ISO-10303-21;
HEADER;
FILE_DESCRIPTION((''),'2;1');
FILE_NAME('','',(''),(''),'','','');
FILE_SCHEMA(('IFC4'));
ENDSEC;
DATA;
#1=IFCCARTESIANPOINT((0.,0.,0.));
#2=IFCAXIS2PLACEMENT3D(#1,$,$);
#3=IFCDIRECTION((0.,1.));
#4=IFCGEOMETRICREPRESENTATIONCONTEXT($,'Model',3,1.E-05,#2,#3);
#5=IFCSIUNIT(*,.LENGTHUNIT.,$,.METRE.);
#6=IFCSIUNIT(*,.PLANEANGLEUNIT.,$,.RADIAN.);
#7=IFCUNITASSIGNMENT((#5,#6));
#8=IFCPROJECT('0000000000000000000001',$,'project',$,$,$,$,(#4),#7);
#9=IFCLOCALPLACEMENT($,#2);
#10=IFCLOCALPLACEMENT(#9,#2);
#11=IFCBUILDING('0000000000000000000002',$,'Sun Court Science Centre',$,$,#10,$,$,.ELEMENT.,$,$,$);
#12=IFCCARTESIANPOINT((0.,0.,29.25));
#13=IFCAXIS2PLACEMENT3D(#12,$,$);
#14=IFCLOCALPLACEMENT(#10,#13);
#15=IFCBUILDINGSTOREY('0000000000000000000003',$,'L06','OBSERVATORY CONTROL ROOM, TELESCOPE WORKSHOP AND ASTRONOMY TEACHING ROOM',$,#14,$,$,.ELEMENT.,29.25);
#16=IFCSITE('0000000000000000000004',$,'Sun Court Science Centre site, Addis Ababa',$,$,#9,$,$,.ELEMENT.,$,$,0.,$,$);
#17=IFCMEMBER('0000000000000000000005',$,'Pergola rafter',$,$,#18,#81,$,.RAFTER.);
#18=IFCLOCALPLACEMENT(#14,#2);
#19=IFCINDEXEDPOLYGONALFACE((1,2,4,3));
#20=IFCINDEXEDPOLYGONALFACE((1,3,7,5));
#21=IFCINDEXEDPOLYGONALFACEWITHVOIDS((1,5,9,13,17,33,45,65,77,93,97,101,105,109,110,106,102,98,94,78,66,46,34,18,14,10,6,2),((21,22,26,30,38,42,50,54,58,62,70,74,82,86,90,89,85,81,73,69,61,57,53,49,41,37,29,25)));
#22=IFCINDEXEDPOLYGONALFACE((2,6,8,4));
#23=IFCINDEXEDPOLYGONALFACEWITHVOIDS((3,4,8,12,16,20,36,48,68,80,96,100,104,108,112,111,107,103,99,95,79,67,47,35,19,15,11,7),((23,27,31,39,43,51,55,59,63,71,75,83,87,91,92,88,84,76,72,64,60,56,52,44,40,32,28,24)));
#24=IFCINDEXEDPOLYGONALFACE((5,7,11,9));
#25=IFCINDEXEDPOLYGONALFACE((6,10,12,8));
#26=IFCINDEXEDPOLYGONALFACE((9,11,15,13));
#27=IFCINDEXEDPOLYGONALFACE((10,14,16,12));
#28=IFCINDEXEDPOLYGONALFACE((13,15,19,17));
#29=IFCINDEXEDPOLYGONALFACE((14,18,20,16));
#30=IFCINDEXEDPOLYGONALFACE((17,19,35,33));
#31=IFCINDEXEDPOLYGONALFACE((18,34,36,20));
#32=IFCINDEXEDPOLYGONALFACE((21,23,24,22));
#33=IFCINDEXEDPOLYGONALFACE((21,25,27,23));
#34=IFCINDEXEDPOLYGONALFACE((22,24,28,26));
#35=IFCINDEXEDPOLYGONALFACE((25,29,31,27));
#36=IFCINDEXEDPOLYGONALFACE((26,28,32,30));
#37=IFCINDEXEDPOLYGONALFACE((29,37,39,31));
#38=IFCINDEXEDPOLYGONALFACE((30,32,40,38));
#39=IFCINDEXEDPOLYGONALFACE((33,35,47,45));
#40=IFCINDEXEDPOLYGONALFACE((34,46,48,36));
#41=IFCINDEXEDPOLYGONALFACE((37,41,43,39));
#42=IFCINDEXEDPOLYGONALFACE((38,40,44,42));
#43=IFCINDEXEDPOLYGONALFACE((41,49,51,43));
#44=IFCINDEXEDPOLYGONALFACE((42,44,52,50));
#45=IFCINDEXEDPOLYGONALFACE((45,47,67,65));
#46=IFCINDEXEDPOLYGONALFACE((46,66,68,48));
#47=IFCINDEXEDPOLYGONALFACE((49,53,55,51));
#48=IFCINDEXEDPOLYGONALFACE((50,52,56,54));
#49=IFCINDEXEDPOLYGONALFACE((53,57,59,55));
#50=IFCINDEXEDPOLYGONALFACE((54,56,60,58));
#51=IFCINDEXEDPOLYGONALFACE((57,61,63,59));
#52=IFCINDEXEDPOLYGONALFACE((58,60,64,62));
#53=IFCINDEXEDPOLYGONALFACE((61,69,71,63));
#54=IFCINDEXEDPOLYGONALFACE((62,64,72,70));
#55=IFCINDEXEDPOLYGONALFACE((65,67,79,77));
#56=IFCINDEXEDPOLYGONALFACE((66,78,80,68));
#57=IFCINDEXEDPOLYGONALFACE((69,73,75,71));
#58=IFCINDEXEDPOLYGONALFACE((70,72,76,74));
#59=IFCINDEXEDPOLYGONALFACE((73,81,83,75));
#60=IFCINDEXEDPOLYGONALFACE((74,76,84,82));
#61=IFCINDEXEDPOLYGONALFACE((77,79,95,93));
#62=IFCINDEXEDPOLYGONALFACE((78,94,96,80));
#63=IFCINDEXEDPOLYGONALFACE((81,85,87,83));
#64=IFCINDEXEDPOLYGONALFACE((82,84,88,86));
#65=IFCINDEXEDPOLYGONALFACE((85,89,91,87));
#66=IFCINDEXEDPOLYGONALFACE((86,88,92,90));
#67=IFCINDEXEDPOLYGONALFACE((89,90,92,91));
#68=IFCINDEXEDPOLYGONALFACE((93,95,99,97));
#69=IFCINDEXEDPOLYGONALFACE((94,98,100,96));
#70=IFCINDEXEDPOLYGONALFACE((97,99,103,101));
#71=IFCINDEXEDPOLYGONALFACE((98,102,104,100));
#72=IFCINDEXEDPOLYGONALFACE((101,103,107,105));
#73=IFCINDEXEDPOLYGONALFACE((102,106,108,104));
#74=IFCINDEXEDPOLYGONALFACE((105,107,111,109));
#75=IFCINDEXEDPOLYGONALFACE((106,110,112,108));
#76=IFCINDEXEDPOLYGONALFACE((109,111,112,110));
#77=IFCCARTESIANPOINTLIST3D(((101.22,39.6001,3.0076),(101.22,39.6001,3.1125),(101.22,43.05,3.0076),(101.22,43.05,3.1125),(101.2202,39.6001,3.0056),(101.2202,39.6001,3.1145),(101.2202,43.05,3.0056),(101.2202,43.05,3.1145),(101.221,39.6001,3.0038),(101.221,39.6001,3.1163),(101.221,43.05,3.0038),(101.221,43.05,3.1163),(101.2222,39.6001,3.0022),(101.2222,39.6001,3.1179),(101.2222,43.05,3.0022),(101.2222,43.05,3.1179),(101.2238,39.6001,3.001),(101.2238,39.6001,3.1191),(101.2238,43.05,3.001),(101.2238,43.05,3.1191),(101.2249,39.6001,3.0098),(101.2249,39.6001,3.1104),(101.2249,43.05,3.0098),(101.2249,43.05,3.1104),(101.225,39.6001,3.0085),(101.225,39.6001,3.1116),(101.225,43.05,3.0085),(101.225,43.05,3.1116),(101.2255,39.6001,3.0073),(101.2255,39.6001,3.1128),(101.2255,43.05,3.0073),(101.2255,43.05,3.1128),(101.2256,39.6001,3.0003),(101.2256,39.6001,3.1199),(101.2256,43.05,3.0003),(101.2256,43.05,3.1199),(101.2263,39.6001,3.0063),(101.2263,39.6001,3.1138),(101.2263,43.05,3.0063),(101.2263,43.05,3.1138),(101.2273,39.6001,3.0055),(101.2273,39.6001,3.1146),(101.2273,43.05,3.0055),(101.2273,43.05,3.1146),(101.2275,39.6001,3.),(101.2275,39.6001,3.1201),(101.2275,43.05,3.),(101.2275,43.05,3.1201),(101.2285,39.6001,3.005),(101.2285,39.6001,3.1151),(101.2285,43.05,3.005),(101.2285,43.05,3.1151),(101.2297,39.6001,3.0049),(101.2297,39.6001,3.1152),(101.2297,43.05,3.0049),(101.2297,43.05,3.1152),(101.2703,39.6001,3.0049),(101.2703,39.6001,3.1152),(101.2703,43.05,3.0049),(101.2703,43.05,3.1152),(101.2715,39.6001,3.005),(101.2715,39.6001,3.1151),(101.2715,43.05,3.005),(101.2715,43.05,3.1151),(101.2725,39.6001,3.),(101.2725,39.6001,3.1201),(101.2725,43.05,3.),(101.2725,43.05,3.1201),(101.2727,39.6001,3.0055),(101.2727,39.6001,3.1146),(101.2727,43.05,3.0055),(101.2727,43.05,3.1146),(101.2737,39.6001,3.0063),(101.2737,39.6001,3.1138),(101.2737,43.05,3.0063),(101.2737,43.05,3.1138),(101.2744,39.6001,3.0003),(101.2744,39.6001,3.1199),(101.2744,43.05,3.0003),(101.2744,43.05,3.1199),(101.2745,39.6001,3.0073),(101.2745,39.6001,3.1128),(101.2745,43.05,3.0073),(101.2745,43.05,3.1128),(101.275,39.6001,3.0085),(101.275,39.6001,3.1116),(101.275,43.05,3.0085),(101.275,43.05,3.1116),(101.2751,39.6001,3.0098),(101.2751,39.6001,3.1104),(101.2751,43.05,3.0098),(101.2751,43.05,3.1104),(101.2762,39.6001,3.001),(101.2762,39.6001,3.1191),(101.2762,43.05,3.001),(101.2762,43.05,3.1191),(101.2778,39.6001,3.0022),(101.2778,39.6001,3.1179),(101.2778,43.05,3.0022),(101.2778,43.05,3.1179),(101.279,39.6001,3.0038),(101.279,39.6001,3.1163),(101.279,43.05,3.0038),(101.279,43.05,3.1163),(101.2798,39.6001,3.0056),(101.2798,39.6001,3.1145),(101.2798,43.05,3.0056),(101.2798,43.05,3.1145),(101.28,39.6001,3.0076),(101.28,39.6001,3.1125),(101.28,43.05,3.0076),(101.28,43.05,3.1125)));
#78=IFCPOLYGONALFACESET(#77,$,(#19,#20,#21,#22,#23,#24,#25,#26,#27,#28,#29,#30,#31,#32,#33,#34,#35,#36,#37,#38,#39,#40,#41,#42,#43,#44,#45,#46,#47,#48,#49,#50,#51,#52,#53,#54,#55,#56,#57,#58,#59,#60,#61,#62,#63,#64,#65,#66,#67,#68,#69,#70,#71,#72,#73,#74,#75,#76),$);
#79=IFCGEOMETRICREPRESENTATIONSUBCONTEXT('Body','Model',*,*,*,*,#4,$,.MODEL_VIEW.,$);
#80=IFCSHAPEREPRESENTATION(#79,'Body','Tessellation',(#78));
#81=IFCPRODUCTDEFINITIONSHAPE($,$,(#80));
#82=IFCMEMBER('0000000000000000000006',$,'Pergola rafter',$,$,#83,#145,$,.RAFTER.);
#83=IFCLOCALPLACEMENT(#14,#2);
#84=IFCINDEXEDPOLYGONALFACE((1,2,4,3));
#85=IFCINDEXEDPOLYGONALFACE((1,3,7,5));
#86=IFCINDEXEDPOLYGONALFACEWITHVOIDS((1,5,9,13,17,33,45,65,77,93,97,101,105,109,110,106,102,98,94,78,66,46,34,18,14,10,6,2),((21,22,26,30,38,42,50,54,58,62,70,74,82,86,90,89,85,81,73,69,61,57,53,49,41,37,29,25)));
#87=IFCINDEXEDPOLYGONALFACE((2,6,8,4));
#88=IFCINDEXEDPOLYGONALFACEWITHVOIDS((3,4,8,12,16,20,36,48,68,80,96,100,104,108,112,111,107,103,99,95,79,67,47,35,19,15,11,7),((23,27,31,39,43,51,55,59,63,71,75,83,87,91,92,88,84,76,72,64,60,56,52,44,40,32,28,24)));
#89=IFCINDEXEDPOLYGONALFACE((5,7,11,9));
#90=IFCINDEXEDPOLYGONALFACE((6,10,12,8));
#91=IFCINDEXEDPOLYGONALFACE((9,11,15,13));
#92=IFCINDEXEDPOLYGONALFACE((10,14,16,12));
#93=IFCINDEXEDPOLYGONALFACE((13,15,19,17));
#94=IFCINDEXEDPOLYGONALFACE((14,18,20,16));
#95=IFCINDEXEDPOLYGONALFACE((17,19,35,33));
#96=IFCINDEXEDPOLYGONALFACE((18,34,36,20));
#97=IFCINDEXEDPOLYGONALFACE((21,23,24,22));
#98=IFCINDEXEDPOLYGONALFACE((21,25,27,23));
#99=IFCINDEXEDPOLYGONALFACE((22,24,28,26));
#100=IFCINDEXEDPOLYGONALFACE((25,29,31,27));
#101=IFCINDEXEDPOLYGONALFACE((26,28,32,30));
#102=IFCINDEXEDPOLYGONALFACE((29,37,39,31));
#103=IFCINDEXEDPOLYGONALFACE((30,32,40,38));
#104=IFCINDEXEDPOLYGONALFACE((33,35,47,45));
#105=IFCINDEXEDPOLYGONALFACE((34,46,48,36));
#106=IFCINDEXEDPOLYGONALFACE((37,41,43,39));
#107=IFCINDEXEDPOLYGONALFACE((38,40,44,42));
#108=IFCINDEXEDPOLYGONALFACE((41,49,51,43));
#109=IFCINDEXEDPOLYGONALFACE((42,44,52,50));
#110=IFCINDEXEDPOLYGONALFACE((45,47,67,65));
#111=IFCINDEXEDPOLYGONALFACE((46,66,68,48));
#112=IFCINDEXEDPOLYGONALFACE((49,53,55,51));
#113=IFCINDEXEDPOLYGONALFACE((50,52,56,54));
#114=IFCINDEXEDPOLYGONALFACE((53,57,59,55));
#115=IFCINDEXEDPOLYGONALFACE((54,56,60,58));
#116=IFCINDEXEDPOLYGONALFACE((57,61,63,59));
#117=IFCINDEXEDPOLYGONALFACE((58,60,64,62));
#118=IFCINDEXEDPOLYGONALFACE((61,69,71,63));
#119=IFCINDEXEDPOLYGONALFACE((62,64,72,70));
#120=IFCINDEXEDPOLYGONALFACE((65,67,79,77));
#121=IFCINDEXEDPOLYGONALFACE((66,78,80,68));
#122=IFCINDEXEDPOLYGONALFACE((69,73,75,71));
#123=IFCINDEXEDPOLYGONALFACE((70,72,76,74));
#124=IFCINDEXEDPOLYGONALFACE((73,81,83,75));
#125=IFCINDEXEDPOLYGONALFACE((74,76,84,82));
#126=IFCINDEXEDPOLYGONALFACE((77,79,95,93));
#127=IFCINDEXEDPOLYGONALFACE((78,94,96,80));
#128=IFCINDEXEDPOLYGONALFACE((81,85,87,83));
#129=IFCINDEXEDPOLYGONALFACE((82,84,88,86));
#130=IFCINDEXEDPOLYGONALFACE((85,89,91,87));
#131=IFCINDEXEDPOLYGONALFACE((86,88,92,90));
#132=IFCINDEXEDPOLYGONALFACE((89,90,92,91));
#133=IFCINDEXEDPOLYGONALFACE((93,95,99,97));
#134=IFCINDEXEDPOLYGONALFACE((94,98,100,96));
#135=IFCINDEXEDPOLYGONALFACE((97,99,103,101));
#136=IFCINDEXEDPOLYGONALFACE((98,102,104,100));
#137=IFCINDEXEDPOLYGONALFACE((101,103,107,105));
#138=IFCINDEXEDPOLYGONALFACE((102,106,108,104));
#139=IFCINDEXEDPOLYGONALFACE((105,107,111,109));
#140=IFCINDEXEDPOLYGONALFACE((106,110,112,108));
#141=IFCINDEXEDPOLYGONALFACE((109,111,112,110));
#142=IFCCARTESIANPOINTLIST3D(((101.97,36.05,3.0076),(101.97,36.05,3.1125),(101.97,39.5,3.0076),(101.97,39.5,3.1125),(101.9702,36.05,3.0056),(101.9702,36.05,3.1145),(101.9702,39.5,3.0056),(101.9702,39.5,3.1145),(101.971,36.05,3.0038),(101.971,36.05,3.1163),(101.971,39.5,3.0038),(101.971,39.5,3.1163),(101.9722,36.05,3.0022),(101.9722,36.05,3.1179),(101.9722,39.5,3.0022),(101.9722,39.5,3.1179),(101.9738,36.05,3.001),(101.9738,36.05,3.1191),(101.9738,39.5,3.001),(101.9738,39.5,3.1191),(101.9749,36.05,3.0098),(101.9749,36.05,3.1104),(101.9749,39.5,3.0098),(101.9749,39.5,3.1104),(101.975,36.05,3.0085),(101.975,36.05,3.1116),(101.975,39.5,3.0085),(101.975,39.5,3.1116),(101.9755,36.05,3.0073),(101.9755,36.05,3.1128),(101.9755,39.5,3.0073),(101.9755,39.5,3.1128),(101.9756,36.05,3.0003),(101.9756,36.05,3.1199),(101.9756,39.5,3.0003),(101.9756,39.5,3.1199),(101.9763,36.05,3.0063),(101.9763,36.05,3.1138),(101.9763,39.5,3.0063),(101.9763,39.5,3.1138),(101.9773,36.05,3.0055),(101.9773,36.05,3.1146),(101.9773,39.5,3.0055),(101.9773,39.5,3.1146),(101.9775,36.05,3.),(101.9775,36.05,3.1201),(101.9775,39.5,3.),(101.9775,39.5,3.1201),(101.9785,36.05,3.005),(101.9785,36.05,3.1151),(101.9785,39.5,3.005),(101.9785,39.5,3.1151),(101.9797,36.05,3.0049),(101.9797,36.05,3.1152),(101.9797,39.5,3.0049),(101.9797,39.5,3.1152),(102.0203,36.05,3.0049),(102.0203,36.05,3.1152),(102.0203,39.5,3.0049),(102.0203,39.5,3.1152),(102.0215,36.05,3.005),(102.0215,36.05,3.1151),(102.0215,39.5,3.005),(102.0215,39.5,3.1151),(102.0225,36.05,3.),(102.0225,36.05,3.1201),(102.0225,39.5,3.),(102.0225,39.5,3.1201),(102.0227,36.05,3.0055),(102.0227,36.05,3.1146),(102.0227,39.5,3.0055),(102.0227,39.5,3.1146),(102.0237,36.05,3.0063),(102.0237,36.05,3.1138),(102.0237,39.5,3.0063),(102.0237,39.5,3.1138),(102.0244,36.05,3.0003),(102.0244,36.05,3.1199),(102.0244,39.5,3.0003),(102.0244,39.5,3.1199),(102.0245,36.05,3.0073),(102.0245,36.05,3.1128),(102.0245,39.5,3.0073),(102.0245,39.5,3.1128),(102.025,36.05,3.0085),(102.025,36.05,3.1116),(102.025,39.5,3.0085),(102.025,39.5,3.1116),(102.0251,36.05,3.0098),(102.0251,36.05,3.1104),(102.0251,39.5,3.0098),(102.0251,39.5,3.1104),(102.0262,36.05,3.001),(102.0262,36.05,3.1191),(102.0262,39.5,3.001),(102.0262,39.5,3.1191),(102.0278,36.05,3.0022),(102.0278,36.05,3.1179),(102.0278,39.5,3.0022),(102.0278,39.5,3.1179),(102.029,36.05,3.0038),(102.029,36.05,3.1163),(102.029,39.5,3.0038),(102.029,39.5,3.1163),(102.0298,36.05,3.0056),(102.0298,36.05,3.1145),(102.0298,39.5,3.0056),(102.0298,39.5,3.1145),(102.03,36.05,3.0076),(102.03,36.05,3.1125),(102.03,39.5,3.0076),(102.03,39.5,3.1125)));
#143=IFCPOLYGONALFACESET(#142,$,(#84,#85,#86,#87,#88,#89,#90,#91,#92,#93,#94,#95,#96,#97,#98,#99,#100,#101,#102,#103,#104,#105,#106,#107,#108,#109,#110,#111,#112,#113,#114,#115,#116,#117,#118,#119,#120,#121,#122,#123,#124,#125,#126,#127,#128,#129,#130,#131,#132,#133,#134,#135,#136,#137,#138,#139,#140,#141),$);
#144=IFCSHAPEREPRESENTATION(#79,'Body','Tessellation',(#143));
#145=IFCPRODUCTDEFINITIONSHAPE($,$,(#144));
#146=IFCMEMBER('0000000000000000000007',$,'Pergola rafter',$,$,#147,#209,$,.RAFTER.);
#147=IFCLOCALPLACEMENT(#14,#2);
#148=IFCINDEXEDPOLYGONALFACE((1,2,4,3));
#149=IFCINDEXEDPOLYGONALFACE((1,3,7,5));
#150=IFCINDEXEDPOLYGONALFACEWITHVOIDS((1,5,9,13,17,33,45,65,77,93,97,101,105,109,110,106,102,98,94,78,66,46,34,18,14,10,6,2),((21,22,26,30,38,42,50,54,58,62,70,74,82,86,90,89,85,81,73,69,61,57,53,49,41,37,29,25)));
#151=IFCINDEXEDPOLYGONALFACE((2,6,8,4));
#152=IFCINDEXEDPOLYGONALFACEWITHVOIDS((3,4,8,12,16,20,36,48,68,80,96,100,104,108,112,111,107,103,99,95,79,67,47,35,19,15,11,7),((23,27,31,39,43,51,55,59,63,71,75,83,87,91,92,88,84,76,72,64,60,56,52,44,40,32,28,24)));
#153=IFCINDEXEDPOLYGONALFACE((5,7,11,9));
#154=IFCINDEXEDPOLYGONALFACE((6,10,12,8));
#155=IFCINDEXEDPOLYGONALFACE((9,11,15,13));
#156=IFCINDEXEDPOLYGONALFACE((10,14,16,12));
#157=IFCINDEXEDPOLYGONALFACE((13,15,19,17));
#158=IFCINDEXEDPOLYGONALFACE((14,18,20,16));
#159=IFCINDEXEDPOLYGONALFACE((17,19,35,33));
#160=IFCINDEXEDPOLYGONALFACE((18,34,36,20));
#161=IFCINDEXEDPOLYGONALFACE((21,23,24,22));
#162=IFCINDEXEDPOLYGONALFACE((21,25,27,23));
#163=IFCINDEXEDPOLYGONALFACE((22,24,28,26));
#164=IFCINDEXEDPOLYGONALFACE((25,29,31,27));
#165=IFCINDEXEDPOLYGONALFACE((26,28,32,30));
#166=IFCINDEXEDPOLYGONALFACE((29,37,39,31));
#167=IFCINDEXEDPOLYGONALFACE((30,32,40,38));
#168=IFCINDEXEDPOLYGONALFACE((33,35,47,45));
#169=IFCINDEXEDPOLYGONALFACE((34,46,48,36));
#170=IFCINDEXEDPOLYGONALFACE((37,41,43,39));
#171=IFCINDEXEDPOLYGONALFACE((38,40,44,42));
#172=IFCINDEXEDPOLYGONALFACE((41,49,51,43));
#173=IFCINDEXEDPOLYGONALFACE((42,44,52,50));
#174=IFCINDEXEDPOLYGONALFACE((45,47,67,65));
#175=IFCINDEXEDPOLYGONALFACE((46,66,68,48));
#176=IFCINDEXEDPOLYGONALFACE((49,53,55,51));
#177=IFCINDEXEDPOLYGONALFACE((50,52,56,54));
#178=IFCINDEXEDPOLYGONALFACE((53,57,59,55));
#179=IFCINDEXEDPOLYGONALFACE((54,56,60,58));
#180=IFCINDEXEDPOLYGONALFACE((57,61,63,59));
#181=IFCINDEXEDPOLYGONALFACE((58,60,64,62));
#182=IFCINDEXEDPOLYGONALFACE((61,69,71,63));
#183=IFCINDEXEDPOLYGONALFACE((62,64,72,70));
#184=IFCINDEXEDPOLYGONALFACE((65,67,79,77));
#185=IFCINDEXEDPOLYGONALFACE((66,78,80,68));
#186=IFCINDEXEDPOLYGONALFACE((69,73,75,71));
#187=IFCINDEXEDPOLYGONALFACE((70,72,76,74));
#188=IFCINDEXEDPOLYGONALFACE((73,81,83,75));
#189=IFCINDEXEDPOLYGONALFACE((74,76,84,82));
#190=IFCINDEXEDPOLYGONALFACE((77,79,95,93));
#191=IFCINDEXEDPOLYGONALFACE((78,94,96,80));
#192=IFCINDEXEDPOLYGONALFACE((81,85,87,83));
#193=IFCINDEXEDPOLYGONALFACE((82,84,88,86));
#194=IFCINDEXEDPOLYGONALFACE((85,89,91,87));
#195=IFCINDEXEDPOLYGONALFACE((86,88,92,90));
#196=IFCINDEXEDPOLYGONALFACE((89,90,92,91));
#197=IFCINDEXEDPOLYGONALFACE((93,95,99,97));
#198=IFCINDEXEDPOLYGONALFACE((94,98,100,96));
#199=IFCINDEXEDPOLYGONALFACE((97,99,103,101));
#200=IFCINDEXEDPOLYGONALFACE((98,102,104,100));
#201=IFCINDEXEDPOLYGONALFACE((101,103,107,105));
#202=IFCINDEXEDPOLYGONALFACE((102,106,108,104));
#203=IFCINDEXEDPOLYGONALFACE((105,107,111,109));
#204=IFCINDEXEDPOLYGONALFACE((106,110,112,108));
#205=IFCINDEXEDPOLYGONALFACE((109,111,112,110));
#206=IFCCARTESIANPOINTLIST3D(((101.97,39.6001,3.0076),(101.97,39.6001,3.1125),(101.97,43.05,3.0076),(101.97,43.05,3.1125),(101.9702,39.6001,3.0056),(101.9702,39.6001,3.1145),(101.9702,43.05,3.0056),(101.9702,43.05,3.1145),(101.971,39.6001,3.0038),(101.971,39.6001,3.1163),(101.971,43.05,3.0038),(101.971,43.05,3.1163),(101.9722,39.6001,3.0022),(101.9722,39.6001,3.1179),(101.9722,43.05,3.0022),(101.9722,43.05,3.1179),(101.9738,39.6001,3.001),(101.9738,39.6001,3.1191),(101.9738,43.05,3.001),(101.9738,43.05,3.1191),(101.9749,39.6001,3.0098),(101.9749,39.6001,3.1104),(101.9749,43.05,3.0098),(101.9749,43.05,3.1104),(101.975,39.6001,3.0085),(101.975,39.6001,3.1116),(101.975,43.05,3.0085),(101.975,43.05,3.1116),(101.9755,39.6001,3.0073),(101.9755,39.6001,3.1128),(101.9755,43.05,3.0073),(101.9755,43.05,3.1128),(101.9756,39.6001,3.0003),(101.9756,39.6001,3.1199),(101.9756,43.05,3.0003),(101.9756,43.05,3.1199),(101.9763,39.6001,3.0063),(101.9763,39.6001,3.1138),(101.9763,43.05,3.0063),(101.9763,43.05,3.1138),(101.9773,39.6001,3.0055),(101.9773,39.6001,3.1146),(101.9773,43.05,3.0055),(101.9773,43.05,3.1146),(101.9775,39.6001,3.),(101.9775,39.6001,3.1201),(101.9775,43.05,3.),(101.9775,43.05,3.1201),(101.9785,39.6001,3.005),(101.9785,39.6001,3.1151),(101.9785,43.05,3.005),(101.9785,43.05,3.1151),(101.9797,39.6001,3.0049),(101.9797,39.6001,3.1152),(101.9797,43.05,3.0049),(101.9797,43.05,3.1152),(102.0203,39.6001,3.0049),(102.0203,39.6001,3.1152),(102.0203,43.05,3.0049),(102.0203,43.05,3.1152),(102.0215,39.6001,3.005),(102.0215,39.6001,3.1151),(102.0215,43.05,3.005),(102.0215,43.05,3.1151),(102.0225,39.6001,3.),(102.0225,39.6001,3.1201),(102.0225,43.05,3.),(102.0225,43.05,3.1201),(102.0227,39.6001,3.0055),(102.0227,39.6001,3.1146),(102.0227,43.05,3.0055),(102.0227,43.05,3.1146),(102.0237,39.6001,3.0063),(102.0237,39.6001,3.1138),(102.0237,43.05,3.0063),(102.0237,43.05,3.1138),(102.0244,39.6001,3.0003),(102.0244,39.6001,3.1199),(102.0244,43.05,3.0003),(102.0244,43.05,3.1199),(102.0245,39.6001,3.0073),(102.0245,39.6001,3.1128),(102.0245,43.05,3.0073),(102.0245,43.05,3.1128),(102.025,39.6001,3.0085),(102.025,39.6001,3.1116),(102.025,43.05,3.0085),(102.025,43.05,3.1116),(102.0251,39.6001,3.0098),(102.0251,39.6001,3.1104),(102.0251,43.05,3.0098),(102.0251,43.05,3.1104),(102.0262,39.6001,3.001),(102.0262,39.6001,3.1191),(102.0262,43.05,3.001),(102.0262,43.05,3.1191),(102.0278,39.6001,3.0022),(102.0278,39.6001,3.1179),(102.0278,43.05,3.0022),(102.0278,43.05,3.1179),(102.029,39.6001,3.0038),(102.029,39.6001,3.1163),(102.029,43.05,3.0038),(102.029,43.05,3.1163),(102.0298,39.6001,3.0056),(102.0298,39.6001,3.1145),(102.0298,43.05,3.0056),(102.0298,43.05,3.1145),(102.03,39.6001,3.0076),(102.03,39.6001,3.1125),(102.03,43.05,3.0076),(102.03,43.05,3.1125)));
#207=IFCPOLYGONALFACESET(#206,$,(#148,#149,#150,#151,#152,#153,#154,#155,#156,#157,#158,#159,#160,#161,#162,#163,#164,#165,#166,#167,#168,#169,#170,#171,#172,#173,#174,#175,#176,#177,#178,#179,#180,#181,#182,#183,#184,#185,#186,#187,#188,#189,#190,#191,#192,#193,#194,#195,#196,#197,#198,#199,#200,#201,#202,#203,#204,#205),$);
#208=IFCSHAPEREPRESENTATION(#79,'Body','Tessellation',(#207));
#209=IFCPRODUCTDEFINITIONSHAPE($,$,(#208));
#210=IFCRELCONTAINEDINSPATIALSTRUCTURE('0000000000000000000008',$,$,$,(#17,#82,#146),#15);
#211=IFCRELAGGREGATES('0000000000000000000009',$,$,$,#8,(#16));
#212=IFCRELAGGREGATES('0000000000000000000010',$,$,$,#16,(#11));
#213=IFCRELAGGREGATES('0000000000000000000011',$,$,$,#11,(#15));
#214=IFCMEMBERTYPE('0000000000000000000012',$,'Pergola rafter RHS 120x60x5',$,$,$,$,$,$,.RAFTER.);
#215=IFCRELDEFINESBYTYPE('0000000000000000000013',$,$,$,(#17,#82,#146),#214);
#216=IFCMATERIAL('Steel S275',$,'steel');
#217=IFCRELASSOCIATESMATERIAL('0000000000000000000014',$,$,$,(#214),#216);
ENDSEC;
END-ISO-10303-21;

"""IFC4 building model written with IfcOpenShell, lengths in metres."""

from ifc_helpers import new_model, si_unit, direction, frame, origin, origin_2d, place, context, subcontext, project, spatial, hollow_rectangle, extrude, material, material_profile, profile_set, type_object, element, save


model = new_model("IFC4")

# Units and contexts
model_context = context("Model", 3, precision=1e-05, world=origin(), true_north=direction((0.0, 1.0)))
body_context = subcontext(model_context, "Body", "Model", "MODEL_VIEW")
ifc_project = project(units=[si_unit("LENGTHUNIT", "METRE"), si_unit("PLANEANGLEUNIT", "RADIAN")], contexts=[model_context])

# Site, building, storey
site_placement = place(None, origin())
site = spatial("IfcSite", under=ifc_project, at=site_placement, Name="Sun Court Science Centre site, Addis Ababa", CompositionType="ELEMENT", RefElevation=0.0)
building_placement = place(site_placement, origin())
building = spatial("IfcBuilding", under=site, at=building_placement, Name="Sun Court Science Centre", CompositionType="ELEMENT")
storey_placement = place(building_placement, frame((0.0, 0.0, 29.25)))
storey = spatial("IfcBuildingStorey", under=building, at=storey_placement, Name="L06", Description="OBSERVATORY CONTROL ROOM, TELESCOPE WORKSHOP AND ASTRONOMY TEACHING ROOM", CompositionType="ELEMENT", Elevation=29.25)

# Members
ifc_material_1 = material(Name="Steel S275", Category="steel")
ifc_material_profile_1 = material_profile(ifc_material_1, hollow_rectangle(XDim=0.0601, YDim=0.1201, WallThickness=0.0049, InnerFilletRadius=0.0049, OuterFilletRadius=0.0076, at=origin_2d()), Name="RHS 120x60x5")
ifc_profile_set_1 = profile_set([ifc_material_profile_1], Name="Steel S275")
member_type_1 = type_object("IfcMemberType", Name="Pergola rafter RHS 120x60x5", PredefinedType="RAFTER", material=ifc_profile_set_1)
for number, where, z_axis, x_axis, name in (
    (1, (101.25, 39.6001, 3.0601), (0.0, 1.0, 0.0), (-1.0, 0.0, 0.0), "Pergola rafter"),
    (2, (102.0, 36.05, 3.0601), (0.0, 1.0, 0.0), (-1.0, 0.0, 0.0), "Pergola rafter"),
    (3, (102.0, 39.6001, 3.0601), (0.0, 1.0, 0.0), (-1.0, 0.0, 0.0), "Pergola rafter"),
):
    element("IfcMember", number, at=place(storey_placement, frame(where, z_axis=z_axis, x_axis=x_axis)), inside=storey, type_object=member_type_1, Name=name, PredefinedType="RAFTER", context=body_context, shape_type="SweptSolid", body=[
        extrude(hollow_rectangle(XDim=0.0601, YDim=0.1201, WallThickness=0.0049, InnerFilletRadius=0.0049, OuterFilletRadius=0.0076, at=origin_2d()), origin(), (0.0, 0.0, 1.0), 3.45),
    ])

save(model, "model.ifc")
